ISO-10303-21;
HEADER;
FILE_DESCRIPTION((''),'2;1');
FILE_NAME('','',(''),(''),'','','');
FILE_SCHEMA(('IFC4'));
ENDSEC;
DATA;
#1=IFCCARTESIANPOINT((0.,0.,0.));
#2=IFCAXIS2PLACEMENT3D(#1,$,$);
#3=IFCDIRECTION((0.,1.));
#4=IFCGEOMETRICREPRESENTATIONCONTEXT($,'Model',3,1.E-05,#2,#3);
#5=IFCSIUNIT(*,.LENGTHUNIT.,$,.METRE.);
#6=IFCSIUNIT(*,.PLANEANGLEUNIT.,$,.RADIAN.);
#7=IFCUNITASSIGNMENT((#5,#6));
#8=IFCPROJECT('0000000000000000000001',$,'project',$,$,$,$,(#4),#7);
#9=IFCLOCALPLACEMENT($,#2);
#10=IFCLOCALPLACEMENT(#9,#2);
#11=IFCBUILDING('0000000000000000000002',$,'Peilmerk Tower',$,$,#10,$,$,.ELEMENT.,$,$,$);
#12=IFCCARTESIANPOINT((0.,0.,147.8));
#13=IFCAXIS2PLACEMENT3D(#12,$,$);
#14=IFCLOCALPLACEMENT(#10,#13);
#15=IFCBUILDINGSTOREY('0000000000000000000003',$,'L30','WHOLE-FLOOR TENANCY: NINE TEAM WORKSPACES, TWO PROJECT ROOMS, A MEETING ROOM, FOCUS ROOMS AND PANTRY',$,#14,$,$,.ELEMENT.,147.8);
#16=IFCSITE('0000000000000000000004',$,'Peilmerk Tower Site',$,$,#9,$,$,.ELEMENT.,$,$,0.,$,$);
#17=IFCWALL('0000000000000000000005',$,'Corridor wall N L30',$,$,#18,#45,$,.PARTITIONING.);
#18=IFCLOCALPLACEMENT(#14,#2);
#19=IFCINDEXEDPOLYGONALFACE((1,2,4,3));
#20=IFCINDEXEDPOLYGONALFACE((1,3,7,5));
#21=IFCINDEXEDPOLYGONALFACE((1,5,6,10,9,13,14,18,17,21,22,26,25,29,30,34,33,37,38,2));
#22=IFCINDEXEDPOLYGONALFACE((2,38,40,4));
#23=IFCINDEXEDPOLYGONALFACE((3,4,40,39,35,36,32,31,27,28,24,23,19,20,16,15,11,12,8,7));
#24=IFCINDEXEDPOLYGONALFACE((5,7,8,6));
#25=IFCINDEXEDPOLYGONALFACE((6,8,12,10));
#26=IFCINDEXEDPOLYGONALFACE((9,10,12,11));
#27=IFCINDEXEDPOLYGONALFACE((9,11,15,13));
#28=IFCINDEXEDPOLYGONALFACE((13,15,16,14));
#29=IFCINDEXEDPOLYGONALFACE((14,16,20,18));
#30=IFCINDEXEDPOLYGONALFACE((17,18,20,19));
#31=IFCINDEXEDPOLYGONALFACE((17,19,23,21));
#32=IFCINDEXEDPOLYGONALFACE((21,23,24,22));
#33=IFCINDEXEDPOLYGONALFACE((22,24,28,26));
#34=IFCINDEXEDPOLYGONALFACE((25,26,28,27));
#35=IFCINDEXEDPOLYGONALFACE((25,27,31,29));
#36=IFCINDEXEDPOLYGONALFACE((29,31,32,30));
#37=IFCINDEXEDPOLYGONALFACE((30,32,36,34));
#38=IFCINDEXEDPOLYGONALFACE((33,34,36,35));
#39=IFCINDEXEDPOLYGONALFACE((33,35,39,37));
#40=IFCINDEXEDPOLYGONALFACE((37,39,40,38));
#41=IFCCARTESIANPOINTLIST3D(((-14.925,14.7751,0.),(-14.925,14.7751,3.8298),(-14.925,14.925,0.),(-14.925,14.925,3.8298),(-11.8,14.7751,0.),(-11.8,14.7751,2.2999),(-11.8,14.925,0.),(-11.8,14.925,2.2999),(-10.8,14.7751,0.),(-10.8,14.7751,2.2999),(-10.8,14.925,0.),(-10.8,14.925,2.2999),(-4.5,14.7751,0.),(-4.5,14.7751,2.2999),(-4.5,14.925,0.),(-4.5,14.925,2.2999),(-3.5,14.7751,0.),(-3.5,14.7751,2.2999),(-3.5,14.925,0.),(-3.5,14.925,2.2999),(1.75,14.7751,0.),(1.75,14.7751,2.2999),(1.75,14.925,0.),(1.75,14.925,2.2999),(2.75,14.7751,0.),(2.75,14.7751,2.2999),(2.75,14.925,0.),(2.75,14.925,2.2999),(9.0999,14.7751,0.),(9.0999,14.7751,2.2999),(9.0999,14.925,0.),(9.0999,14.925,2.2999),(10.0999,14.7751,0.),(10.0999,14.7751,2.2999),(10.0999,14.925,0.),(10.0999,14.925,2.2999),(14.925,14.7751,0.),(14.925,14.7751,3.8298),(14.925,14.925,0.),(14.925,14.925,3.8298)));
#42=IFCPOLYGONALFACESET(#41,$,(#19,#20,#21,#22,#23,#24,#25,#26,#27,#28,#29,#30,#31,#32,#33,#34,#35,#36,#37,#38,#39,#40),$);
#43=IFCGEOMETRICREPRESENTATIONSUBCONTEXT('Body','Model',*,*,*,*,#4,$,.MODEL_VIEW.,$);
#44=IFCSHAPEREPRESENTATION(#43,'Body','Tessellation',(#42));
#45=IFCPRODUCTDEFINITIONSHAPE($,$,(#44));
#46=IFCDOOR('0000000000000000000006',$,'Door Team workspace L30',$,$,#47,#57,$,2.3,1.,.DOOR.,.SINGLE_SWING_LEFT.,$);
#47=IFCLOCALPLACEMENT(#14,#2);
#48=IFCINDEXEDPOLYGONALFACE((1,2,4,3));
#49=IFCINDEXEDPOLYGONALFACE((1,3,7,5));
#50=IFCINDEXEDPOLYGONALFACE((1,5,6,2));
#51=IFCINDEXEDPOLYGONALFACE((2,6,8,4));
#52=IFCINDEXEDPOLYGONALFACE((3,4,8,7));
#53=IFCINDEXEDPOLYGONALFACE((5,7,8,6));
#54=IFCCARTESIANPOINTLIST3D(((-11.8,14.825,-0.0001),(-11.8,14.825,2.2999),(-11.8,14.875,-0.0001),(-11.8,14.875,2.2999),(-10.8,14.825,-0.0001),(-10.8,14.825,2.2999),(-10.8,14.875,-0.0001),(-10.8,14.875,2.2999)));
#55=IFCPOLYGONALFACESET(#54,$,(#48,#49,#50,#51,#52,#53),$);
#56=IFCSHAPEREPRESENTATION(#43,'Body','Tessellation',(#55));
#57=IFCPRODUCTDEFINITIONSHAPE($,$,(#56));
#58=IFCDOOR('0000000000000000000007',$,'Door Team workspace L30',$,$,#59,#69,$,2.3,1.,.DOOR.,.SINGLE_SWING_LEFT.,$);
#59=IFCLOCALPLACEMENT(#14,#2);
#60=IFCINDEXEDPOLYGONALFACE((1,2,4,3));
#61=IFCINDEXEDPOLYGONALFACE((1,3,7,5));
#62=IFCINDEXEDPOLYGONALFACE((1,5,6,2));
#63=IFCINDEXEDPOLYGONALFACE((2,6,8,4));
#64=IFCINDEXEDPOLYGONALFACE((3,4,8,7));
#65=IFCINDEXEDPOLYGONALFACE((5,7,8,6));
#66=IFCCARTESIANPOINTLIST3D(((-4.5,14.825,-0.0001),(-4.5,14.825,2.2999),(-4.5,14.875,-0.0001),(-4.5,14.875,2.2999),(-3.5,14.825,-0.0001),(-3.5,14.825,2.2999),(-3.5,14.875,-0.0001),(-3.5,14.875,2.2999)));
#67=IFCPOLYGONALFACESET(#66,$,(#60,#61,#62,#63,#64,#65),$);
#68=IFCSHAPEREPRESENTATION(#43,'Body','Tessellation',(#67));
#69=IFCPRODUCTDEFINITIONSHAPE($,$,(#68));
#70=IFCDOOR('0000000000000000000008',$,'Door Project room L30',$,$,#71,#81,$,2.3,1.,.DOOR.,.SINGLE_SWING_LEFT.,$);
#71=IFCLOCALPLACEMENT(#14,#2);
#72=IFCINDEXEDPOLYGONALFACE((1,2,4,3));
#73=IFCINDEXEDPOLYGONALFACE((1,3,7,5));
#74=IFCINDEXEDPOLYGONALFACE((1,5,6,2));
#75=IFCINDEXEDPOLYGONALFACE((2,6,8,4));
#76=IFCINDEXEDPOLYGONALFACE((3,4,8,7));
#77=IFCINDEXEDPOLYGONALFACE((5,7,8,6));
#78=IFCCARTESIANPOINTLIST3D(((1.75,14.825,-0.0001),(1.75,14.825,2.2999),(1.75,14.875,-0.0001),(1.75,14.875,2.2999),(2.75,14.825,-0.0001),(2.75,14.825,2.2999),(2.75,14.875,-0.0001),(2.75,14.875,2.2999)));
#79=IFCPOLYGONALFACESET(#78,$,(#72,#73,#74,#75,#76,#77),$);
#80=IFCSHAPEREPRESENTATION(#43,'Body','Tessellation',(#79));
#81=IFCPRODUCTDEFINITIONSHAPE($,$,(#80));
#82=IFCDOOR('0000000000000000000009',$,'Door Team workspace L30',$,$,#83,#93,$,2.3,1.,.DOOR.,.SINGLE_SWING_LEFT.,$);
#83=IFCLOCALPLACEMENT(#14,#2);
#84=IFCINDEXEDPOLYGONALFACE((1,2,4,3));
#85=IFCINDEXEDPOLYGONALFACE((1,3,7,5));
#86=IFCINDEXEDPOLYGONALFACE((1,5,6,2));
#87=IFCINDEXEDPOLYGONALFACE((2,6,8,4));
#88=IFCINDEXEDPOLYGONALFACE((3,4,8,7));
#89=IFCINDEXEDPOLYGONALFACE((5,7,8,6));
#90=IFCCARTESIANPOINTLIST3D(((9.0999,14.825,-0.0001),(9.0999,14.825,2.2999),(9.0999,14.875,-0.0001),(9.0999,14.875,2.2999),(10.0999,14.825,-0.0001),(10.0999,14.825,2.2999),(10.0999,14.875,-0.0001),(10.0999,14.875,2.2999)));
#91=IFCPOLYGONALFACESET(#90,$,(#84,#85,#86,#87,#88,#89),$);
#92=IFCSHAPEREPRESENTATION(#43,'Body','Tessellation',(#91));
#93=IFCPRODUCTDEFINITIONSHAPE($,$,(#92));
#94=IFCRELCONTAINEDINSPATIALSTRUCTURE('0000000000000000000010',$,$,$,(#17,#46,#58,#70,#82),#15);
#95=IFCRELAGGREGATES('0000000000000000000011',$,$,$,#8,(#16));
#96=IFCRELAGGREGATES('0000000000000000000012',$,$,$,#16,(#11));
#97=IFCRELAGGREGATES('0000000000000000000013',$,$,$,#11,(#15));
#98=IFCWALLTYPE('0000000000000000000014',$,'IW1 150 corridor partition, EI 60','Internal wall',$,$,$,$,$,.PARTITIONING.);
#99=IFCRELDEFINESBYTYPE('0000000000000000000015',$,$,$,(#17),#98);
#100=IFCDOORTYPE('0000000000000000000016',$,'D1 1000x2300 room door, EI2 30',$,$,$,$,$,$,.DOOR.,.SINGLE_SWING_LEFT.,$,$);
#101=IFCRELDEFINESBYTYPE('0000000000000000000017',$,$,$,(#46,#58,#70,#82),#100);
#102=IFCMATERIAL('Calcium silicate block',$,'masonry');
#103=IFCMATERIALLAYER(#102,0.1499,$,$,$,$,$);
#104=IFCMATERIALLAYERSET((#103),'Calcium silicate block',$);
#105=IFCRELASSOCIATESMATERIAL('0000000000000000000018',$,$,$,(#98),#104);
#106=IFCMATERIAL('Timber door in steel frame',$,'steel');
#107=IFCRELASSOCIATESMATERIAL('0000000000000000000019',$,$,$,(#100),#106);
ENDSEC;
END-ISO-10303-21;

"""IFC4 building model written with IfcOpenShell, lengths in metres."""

from ifc_helpers import new_model, si_unit, direction, frame, frame_2d, origin, place, context, subcontext, project, spatial, rectangle, extrude, material, layer, layer_set, type_object, element, fill, save


model = new_model("IFC4")

# Units and contexts
model_context = context("Model", 3, precision=1e-05, world=origin(), true_north=direction((0.0, 1.0)))
body_context = subcontext(model_context, "Body", "Model", "MODEL_VIEW")
ifc_project = project(units=[si_unit("LENGTHUNIT", "METRE"), si_unit("PLANEANGLEUNIT", "RADIAN")], contexts=[model_context])

# Site, building, storey
site_placement = place(None, origin())
site = spatial("IfcSite", under=ifc_project, at=site_placement, Name="Peilmerk Tower Site", CompositionType="ELEMENT", RefElevation=0.0)
building_placement = place(site_placement, origin())
building = spatial("IfcBuilding", under=site, at=building_placement, Name="Peilmerk Tower", CompositionType="ELEMENT")
storey_placement = place(building_placement, frame((0.0, 0.0, 147.8)))
storey = spatial("IfcBuildingStorey", under=building, at=storey_placement, Name="L30", Description="WHOLE-FLOOR TENANCY: NINE TEAM WORKSPACES, TWO PROJECT ROOMS, A MEETING ROOM, FOCUS ROOMS AND PANTRY", CompositionType="ELEMENT", Elevation=147.8)

# Wall, openings, doors
ifc_material_1 = material(Name="Calcium silicate block", Category="masonry")
ifc_layer_1 = layer(ifc_material_1, 0.1499)
ifc_layer_set_1 = layer_set([ifc_layer_1], Name="Calcium silicate block")
wall_type_1 = type_object("IfcWallType", Name="IW1 150 corridor partition, EI 60", Description="Internal wall", PredefinedType="PARTITIONING", material=ifc_layer_set_1)
wall_1_placement = place(storey_placement, frame((-14.925, 14.8501, 0.0), z_axis=(0.0, 0.0, 1.0), x_axis=(1.0, 0.0, 0.0)))
wall_1 = element("IfcWall", 1, at=wall_1_placement, inside=storey, type_object=wall_type_1, Name="Corridor wall N L30", PredefinedType="PARTITIONING", context=body_context, shape_type="SweptSolid", body=[
    extrude(rectangle(XDim=29.8501, YDim=0.1499, at=frame_2d((14.925, 0.0))), origin(), (0.0, 0.0, 1.0), 3.8298),
])
opening_1_placement = place(wall_1_placement, frame((3.125, 0.0, 0.0)))
opening_1 = element("IfcOpeningElement", 2, at=opening_1_placement, cuts=wall_1, PredefinedType="OPENING", context=body_context, shape_type="SweptSolid", body=[
    extrude(rectangle(XDim=1.0, YDim=2.3, at=frame_2d((0.5, 1.1499))), frame((0.0, 0.085, 0.0), z_axis=(0.0, -1.0, 0.0), x_axis=(1.0, 0.0, 0.0)), (0.0, 0.0, 1.0), 0.1699),
])
opening_2_placement = place(wall_1_placement, frame((10.425, 0.0, 0.0)))
opening_2 = element("IfcOpeningElement", 3, at=opening_2_placement, cuts=wall_1, PredefinedType="OPENING", context=body_context, shape_type="SweptSolid", body=[
    extrude(rectangle(XDim=1.0, YDim=2.3, at=frame_2d((0.5, 1.1499))), frame((0.0, 0.085, 0.0), z_axis=(0.0, -1.0, 0.0), x_axis=(1.0, 0.0, 0.0)), (0.0, 0.0, 1.0), 0.1699),
])
opening_3_placement = place(wall_1_placement, frame((16.675, 0.0, 0.0)))
opening_3 = element("IfcOpeningElement", 4, at=opening_3_placement, cuts=wall_1, PredefinedType="OPENING", context=body_context, shape_type="SweptSolid", body=[
    extrude(rectangle(XDim=1.0, YDim=2.3, at=frame_2d((0.5, 1.1499))), frame((0.0, 0.085, 0.0), z_axis=(0.0, -1.0, 0.0), x_axis=(1.0, 0.0, 0.0)), (0.0, 0.0, 1.0), 0.1699),
])
opening_4_placement = place(wall_1_placement, frame((24.0249, 0.0, 0.0)))
opening_4 = element("IfcOpeningElement", 5, at=opening_4_placement, cuts=wall_1, PredefinedType="OPENING", context=body_context, shape_type="SweptSolid", body=[
    extrude(rectangle(XDim=1.0, YDim=2.3, at=frame_2d((0.5, 1.1499))), frame((0.0, 0.085, 0.0), z_axis=(0.0, -1.0, 0.0), x_axis=(1.0, 0.0, 0.0)), (0.0, 0.0, 1.0), 0.1699),
])
ifc_material_2 = material(Name="Timber door in steel frame", Category="steel")
door_type = type_object("IfcDoorType", Name="D1 1000x2300 room door, EI2 30", OperationType="SINGLE_SWING_LEFT", PredefinedType="DOOR", material=ifc_material_2)
door_1_placement = place(opening_1_placement, origin())
door_1 = element("IfcDoor", 6, at=door_1_placement, inside=storey, type_object=door_type, Name="Door Team workspace L30", OperationType="SINGLE_SWING_LEFT", OverallHeight=2.3, OverallWidth=1.0, PredefinedType="DOOR", context=body_context, shape_type="SweptSolid", body=[
    extrude(rectangle(XDim=1.0, YDim=2.3, at=frame_2d((0.5, 1.1499))), frame((0.0, 0.0249, 0.0), z_axis=(0.0, -1.0, 0.0), x_axis=(1.0, 0.0, 0.0)), (0.0, 0.0, 1.0), 0.05),
])
fill(opening_1, door_1)
door_2_placement = place(opening_2_placement, origin())
door_2 = element("IfcDoor", 7, at=door_2_placement, inside=storey, type_object=door_type, Name="Door Team workspace L30", OperationType="SINGLE_SWING_LEFT", OverallHeight=2.3, OverallWidth=1.0, PredefinedType="DOOR", context=body_context, shape_type="SweptSolid", body=[
    extrude(rectangle(XDim=1.0, YDim=2.3, at=frame_2d((0.5, 1.1499))), frame((0.0, 0.0249, 0.0), z_axis=(0.0, -1.0, 0.0), x_axis=(1.0, 0.0, 0.0)), (0.0, 0.0, 1.0), 0.05),
])
fill(opening_2, door_2)
door_3_placement = place(opening_3_placement, origin())
door_3 = element("IfcDoor", 8, at=door_3_placement, inside=storey, type_object=door_type, Name="Door Project room L30", OperationType="SINGLE_SWING_LEFT", OverallHeight=2.3, OverallWidth=1.0, PredefinedType="DOOR", context=body_context, shape_type="SweptSolid", body=[
    extrude(rectangle(XDim=1.0, YDim=2.3, at=frame_2d((0.5, 1.1499))), frame((0.0, 0.0249, 0.0), z_axis=(0.0, -1.0, 0.0), x_axis=(1.0, 0.0, 0.0)), (0.0, 0.0, 1.0), 0.05),
])
fill(opening_3, door_3)
door_4_placement = place(opening_4_placement, origin())
door_4 = element("IfcDoor", 9, at=door_4_placement, inside=storey, type_object=door_type, Name="Door Team workspace L30", OperationType="SINGLE_SWING_LEFT", OverallHeight=2.3, OverallWidth=1.0, PredefinedType="DOOR", context=body_context, shape_type="SweptSolid", body=[
    extrude(rectangle(XDim=1.0, YDim=2.3, at=frame_2d((0.5, 1.1499))), frame((0.0, 0.0249, 0.0), z_axis=(0.0, -1.0, 0.0), x_axis=(1.0, 0.0, 0.0)), (0.0, 0.0, 1.0), 0.05),
])
fill(opening_4, door_4)

save(model, "model.ifc")
